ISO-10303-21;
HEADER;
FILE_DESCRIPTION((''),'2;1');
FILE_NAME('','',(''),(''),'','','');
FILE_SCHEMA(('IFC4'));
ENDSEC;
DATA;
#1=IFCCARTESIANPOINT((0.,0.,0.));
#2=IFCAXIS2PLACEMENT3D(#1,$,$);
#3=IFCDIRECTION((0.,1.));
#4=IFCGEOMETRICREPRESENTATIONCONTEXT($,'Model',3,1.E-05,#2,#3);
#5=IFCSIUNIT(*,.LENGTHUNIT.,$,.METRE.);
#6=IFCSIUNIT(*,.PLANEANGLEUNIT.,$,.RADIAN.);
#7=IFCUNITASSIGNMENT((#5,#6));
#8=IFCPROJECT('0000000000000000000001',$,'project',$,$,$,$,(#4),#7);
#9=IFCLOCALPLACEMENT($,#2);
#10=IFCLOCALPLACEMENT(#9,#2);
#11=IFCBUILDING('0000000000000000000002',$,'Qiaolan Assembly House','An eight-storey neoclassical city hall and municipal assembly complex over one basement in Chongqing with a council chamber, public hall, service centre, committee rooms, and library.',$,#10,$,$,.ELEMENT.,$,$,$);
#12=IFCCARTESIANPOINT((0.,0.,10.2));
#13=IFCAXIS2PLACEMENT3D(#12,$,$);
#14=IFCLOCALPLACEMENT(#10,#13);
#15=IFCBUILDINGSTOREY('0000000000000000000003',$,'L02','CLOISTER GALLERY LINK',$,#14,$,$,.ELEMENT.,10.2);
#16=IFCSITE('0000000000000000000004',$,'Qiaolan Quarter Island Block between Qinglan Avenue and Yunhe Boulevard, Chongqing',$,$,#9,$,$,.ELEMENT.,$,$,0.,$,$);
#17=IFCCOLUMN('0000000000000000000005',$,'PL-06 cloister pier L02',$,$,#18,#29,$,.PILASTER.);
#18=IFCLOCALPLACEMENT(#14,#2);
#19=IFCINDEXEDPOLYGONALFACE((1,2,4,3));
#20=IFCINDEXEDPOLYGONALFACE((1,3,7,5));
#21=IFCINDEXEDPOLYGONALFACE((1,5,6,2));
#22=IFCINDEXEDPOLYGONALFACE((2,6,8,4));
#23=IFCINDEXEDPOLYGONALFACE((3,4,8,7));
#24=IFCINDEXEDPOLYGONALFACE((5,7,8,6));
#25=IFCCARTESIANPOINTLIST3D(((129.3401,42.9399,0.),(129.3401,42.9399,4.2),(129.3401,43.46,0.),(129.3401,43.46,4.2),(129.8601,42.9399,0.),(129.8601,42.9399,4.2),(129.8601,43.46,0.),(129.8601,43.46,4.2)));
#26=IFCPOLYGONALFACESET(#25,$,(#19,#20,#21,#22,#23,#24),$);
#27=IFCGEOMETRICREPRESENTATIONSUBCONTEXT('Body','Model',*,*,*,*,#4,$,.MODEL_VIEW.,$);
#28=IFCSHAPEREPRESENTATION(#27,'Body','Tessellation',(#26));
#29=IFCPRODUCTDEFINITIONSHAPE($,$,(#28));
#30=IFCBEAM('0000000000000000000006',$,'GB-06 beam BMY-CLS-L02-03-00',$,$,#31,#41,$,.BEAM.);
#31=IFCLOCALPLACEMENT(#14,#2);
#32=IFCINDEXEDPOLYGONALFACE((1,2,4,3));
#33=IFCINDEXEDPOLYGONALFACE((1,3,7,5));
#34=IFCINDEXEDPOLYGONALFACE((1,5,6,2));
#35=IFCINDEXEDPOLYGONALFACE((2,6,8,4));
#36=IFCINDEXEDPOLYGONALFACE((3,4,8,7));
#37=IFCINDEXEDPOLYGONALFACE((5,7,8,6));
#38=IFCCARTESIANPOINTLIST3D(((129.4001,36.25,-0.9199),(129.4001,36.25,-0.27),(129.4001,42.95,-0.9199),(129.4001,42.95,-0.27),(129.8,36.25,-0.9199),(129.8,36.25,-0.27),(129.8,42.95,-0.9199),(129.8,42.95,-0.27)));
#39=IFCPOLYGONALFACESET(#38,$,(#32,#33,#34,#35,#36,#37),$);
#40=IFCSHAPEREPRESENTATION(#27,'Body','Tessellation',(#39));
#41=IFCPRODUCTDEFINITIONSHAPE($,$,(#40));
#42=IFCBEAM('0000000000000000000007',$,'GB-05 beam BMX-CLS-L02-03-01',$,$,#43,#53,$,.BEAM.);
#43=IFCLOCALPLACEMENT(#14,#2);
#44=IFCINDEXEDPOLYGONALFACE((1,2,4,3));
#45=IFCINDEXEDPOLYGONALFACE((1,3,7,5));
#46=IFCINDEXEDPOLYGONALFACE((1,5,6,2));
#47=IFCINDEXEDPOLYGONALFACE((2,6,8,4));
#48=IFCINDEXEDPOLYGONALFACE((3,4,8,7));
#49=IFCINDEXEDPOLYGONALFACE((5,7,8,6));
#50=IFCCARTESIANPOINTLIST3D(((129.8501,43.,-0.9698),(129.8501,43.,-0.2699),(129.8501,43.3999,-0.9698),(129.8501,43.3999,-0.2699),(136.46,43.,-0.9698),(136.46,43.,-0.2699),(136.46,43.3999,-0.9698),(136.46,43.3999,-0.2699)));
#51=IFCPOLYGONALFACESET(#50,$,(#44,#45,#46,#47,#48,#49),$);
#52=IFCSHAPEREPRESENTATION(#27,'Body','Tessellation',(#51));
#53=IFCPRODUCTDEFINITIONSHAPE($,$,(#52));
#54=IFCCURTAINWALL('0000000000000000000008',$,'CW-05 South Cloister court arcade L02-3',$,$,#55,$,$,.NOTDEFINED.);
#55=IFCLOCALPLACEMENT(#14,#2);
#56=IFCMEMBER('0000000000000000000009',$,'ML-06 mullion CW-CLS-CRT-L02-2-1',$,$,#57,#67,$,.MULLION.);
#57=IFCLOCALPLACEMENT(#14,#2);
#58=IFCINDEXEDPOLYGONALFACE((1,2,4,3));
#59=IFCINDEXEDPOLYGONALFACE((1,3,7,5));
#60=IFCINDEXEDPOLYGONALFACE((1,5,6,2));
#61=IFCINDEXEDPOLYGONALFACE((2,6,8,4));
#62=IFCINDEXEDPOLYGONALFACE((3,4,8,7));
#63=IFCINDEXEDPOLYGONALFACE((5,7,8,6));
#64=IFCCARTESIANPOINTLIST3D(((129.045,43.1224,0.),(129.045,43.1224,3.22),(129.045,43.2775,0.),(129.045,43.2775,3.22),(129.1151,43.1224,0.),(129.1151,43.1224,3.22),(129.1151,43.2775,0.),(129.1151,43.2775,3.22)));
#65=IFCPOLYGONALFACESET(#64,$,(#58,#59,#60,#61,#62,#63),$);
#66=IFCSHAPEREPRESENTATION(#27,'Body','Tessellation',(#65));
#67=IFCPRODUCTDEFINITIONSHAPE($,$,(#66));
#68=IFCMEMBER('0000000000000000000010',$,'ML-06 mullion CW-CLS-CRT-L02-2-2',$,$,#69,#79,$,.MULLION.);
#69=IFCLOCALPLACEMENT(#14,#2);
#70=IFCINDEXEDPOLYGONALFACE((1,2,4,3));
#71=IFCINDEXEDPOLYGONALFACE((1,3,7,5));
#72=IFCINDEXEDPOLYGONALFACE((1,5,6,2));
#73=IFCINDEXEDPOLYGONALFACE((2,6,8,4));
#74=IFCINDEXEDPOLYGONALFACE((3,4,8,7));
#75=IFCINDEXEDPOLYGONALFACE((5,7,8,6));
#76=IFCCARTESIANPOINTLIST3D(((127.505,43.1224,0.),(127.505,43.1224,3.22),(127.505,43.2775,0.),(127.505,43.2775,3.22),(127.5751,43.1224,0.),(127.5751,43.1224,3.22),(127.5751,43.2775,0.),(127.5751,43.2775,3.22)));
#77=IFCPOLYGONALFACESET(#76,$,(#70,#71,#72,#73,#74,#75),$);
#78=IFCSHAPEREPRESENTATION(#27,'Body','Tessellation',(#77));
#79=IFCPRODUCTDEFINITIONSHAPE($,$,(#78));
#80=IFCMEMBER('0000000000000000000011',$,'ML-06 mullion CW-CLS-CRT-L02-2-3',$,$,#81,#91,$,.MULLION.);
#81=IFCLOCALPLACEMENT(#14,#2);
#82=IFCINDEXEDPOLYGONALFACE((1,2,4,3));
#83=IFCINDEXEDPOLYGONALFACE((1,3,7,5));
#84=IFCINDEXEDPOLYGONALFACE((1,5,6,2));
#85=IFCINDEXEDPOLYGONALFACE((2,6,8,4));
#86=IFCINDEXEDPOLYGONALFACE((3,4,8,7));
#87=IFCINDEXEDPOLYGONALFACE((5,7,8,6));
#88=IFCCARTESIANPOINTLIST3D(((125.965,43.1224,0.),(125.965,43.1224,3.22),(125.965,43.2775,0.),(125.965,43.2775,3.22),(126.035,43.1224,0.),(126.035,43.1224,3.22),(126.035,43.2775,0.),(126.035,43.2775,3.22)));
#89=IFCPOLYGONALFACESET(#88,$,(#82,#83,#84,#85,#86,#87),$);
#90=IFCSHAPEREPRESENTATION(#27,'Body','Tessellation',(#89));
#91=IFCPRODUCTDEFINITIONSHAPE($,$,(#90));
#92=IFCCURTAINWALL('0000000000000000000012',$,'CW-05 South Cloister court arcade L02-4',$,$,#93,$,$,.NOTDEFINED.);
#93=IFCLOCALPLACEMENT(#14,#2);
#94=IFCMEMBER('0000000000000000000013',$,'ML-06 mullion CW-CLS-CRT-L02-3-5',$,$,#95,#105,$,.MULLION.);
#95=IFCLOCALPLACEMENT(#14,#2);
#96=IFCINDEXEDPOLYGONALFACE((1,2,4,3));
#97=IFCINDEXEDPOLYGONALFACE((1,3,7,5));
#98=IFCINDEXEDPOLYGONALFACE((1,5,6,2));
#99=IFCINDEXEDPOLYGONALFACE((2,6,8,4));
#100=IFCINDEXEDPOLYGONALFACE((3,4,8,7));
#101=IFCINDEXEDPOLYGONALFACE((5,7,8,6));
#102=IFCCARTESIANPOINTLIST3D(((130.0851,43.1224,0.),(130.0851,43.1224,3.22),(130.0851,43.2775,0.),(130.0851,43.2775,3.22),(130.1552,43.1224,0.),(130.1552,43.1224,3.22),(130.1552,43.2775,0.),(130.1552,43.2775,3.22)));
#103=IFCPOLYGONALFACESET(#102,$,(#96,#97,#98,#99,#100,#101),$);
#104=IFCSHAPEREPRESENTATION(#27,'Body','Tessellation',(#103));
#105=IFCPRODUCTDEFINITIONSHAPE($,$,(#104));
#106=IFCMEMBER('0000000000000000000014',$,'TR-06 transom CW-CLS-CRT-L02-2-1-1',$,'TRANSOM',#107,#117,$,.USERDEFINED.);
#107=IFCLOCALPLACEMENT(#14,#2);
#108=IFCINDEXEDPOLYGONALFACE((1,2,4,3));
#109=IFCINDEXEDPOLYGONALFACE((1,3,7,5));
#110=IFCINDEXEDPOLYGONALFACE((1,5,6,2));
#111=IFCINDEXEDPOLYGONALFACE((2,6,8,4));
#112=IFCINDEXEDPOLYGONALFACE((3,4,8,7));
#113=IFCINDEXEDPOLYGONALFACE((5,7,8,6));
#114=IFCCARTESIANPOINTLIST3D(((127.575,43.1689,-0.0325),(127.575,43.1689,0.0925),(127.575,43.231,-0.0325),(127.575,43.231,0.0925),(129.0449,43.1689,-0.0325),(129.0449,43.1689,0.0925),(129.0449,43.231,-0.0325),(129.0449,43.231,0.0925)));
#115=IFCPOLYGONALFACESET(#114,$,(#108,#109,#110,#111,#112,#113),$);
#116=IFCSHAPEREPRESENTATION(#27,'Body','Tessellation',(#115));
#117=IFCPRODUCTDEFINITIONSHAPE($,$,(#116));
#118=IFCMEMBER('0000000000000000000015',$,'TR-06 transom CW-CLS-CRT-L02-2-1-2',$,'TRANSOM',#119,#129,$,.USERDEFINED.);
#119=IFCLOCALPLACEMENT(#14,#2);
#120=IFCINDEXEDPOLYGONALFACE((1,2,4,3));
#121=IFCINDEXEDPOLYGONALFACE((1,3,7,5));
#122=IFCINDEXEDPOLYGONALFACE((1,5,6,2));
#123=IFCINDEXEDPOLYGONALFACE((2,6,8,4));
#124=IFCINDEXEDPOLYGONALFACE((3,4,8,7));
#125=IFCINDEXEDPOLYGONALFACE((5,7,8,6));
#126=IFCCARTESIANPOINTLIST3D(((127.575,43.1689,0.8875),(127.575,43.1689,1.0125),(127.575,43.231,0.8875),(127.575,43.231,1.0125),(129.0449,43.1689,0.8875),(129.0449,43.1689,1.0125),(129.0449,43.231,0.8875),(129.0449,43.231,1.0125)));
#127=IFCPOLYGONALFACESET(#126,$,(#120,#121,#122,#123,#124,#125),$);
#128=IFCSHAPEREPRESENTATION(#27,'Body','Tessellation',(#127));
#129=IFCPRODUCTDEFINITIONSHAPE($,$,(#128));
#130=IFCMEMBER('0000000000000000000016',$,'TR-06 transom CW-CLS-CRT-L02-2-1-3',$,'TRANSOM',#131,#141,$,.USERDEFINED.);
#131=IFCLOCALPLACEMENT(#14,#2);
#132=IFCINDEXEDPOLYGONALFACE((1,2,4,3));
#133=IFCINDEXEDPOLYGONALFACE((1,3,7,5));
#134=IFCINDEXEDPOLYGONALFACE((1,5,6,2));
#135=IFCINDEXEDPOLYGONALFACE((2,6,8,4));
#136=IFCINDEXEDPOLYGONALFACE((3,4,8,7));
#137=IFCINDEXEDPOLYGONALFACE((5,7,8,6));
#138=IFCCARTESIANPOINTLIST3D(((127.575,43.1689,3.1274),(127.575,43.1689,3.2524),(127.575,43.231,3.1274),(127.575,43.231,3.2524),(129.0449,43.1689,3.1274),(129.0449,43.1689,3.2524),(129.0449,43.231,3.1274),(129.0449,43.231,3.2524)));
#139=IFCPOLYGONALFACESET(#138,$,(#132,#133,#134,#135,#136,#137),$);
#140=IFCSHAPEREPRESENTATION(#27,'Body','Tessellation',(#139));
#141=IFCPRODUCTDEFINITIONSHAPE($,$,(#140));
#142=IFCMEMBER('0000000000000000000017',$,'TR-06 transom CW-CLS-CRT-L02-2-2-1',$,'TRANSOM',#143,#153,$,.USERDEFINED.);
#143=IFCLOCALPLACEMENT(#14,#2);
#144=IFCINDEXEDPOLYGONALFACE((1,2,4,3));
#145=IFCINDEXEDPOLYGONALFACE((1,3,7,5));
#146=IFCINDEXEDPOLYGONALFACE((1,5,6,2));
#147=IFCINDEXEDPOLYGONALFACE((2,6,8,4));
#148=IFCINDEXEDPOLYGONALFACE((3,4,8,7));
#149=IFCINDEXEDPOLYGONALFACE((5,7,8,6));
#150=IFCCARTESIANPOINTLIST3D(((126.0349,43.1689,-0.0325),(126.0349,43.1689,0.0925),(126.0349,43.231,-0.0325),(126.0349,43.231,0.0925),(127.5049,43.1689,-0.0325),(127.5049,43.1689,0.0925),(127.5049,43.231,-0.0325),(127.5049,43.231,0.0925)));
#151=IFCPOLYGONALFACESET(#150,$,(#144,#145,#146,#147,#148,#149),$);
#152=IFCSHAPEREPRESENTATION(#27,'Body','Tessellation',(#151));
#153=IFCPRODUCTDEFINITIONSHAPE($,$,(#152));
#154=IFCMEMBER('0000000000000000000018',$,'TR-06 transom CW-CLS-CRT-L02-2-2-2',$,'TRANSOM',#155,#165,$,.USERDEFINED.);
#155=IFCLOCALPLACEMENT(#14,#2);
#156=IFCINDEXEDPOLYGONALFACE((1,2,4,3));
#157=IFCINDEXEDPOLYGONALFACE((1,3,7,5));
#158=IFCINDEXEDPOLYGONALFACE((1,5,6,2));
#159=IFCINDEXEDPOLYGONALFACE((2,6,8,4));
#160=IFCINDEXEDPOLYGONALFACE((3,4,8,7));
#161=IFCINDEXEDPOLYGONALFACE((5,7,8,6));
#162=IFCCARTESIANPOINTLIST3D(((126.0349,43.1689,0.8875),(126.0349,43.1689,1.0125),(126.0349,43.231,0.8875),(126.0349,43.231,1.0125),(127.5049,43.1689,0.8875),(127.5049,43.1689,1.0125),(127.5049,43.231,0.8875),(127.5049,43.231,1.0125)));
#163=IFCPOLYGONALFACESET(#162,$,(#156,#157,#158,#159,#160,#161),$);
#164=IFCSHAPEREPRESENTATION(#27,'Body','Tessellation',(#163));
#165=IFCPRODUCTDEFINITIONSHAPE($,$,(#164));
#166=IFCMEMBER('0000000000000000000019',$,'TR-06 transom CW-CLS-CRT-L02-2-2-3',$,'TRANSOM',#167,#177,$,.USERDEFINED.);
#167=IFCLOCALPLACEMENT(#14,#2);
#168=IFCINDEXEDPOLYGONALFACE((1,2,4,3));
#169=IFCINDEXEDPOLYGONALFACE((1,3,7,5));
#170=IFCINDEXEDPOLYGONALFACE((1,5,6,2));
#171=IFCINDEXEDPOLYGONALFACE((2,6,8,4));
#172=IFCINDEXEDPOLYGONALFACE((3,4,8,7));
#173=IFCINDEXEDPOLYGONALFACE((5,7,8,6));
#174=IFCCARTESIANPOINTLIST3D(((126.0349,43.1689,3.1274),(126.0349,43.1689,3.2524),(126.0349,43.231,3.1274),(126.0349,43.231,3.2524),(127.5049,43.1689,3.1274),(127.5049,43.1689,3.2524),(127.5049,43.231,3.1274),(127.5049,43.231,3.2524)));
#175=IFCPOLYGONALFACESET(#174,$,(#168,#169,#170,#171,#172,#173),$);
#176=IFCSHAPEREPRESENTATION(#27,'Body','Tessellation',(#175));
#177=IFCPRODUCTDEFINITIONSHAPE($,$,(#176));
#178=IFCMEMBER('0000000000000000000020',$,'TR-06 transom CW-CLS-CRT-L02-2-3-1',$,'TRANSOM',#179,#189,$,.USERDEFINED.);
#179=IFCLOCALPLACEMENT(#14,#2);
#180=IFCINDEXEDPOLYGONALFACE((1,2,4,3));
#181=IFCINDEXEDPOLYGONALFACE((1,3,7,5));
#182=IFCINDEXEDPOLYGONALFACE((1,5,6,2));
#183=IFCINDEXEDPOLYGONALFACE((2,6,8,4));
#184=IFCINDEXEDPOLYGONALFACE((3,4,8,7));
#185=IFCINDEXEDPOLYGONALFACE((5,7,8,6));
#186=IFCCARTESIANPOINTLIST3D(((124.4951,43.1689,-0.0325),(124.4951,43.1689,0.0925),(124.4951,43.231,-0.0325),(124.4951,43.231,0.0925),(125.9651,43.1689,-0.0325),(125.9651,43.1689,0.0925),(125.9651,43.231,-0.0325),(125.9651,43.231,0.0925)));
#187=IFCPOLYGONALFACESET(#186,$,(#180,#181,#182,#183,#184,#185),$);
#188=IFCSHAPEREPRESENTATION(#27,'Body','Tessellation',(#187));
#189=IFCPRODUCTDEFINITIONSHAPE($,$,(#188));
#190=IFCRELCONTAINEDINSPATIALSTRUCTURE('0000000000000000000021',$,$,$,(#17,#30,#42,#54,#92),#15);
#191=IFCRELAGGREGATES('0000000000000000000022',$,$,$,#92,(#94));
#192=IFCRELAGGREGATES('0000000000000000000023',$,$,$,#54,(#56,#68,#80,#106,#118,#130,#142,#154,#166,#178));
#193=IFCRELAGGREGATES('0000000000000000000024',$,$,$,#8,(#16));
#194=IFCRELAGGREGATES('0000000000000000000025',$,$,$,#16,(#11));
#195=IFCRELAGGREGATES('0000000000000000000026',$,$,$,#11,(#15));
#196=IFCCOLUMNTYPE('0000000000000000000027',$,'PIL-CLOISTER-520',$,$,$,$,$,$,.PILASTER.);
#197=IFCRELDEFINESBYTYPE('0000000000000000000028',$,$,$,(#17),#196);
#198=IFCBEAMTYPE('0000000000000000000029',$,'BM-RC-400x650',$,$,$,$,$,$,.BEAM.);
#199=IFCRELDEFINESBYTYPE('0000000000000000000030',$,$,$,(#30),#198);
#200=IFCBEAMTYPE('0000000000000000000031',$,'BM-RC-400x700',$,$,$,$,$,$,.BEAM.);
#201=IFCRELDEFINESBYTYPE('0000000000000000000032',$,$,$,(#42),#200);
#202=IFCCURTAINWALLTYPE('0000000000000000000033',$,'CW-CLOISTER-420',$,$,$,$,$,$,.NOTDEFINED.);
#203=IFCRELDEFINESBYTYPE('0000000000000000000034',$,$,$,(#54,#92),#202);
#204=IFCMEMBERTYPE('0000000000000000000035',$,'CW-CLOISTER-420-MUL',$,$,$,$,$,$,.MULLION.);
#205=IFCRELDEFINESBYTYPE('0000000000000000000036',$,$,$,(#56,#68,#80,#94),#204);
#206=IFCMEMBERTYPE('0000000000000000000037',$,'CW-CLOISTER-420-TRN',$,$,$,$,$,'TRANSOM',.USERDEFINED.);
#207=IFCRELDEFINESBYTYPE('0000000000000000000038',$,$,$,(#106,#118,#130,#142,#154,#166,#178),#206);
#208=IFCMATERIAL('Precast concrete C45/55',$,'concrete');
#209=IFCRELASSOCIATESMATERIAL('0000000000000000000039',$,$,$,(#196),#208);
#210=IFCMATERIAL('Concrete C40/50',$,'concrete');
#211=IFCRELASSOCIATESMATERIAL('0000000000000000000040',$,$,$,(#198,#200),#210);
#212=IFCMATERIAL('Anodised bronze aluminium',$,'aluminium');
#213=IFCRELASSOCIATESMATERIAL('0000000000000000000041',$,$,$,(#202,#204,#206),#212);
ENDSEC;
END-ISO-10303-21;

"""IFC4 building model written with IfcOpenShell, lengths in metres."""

from ifc_helpers import new_model, si_unit, direction, frame, origin, origin_2d, place, context, subcontext, project, spatial, rectangle, extrude, material, material_profile, profile_set, type_object, element, aggregate, save


model = new_model("IFC4")

# Units and contexts
model_context = context("Model", 3, precision=1e-05, world=origin(), true_north=direction((0.0, 1.0)))
body_context = subcontext(model_context, "Body", "Model", "MODEL_VIEW")
ifc_project = project(units=[si_unit("LENGTHUNIT", "METRE"), si_unit("PLANEANGLEUNIT", "RADIAN")], contexts=[model_context])

# Site, building, storey
site_placement = place(None, origin())
site = spatial("IfcSite", under=ifc_project, at=site_placement, Name="Qiaolan Quarter Island Block between Qinglan Avenue and Yunhe Boulevard, Chongqing", CompositionType="ELEMENT", RefElevation=0.0)
building_placement = place(site_placement, origin())
building = spatial("IfcBuilding", under=site, at=building_placement, Name="Qiaolan Assembly House", Description="An eight-storey neoclassical city hall and municipal assembly complex over one basement in Chongqing with a council chamber, public hall, service centre, committee rooms, and library.", CompositionType="ELEMENT")
storey_placement = place(building_placement, frame((0.0, 0.0, 10.2)))
storey = spatial("IfcBuildingStorey", under=building, at=storey_placement, Name="L02", Description="CLOISTER GALLERY LINK", CompositionType="ELEMENT", Elevation=10.2)

# Column
ifc_material_1 = material(Name="Precast concrete C45/55", Category="concrete")
ifc_material_profile_1 = material_profile(ifc_material_1, rectangle(XDim=0.52, YDim=0.52, at=origin_2d()), Name="PIL 520x520")
ifc_profile_set_1 = profile_set([ifc_material_profile_1], Name="Precast concrete C45/55")
column_type = type_object("IfcColumnType", Name="PIL-CLOISTER-520", PredefinedType="PILASTER", material=ifc_profile_set_1)
column_placement = place(storey_placement, frame((129.6001, 43.2, 0.0), z_axis=(0.0, 0.0, 1.0), x_axis=(1.0, 0.0, 0.0)))
element("IfcColumn", 1, at=column_placement, inside=storey, type_object=column_type, Name="PL-06 cloister pier L02", PredefinedType="PILASTER", context=body_context, shape_type="SweptSolid", body=[
    extrude(rectangle(XDim=0.52, YDim=0.52, at=origin_2d()), origin(), (0.0, 0.0, 1.0), 4.2),
])

# Beams
ifc_material_2 = material(Name="Concrete C40/50", Category="concrete")
ifc_material_profile_2 = material_profile(ifc_material_2, rectangle(XDim=0.3999, YDim=0.6499, at=origin_2d()), Name="RCB 400x650")
ifc_profile_set_2 = profile_set([ifc_material_profile_2], Name="Concrete C40/50")
beam_type_1 = type_object("IfcBeamType", Name="BM-RC-400x650", PredefinedType="BEAM", material=ifc_profile_set_2)
beam_1_placement = place(storey_placement, frame((129.6001, 36.25, -0.595), z_axis=(0.0, 1.0, 0.0), x_axis=(-1.0, 0.0, 0.0)))
element("IfcBeam", 2, at=beam_1_placement, inside=storey, type_object=beam_type_1, Name="GB-06 beam BMY-CLS-L02-03-00", PredefinedType="BEAM", context=body_context, shape_type="SweptSolid", body=[
    extrude(rectangle(XDim=0.3999, YDim=0.6499, at=origin_2d()), origin(), (0.0, 0.0, 1.0), 6.7),
])
ifc_material_profile_3 = material_profile(ifc_material_2, rectangle(XDim=0.3999, YDim=0.7, at=origin_2d()), Name="RCB 400x700")
ifc_profile_set_3 = profile_set([ifc_material_profile_3], Name="Concrete C40/50")
beam_type_2 = type_object("IfcBeamType", Name="BM-RC-400x700", PredefinedType="BEAM", material=ifc_profile_set_3)
beam_2_placement = place(storey_placement, frame((129.8501, 43.2, -0.6199), z_axis=(1.0, 0.0, 0.0), x_axis=(0.0, 1.0, 0.0)))
element("IfcBeam", 3, at=beam_2_placement, inside=storey, type_object=beam_type_2, Name="GB-05 beam BMX-CLS-L02-03-01", PredefinedType="BEAM", context=body_context, shape_type="SweptSolid", body=[
    extrude(rectangle(XDim=0.3999, YDim=0.7, at=origin_2d()), origin(), (0.0, 0.0, 1.0), 6.6099),
])

# Curtain wall, members
ifc_material_3 = material(Name="Anodised bronze aluminium", Category="aluminium")
curtain_wall_type = type_object("IfcCurtainWallType", Name="CW-CLOISTER-420", PredefinedType="NOTDEFINED", material=ifc_material_3)
curtain_wall_1_placement = place(storey_placement, origin())
curtain_wall_1 = element("IfcCurtainWall", 4, at=curtain_wall_1_placement, inside=storey, type_object=curtain_wall_type, Name="CW-05 South Cloister court arcade L02-3", PredefinedType="NOTDEFINED")
ifc_material_profile_4 = material_profile(ifc_material_3, rectangle(XDim=0.0701, YDim=0.155, at=origin_2d()), Name="MUL 70x155")
ifc_profile_set_4 = profile_set([ifc_material_profile_4], Name="Anodised bronze aluminium")
member_type_1 = type_object("IfcMemberType", Name="CW-CLOISTER-420-MUL", PredefinedType="MULLION", material=ifc_profile_set_4)
member_1_placement = place(storey_placement, frame((129.0801, 43.2, 0.0), z_axis=(0.0, 0.0, 1.0), x_axis=(-1.0, 0.0, 0.0)))
member_1 = element("IfcMember", 5, at=member_1_placement, type_object=member_type_1, Name="ML-06 mullion CW-CLS-CRT-L02-2-1", PredefinedType="MULLION", context=body_context, shape_type="SweptSolid", body=[
    extrude(rectangle(XDim=0.0701, YDim=0.155, at=origin_2d()), origin(), (0.0, 0.0, 1.0), 3.22),
])
member_2_placement = place(storey_placement, frame((127.54, 43.2, 0.0), z_axis=(0.0, 0.0, 1.0), x_axis=(-1.0, 0.0, 0.0)))
member_2 = element("IfcMember", 6, at=member_2_placement, type_object=member_type_1, Name="ML-06 mullion CW-CLS-CRT-L02-2-2", PredefinedType="MULLION", context=body_context, shape_type="SweptSolid", body=[
    extrude(rectangle(XDim=0.0701, YDim=0.155, at=origin_2d()), origin(), (0.0, 0.0, 1.0), 3.22),
])
member_3_placement = place(storey_placement, frame((126.0, 43.2, 0.0), z_axis=(0.0, 0.0, 1.0), x_axis=(-1.0, 0.0, 0.0)))
member_3 = element("IfcMember", 7, at=member_3_placement, type_object=member_type_1, Name="ML-06 mullion CW-CLS-CRT-L02-2-3", PredefinedType="MULLION", context=body_context, shape_type="SweptSolid", body=[
    extrude(rectangle(XDim=0.0701, YDim=0.155, at=origin_2d()), origin(), (0.0, 0.0, 1.0), 3.22),
])

# Curtain wall, member
curtain_wall_2_placement = place(storey_placement, origin())
curtain_wall_2 = element("IfcCurtainWall", 8, at=curtain_wall_2_placement, inside=storey, type_object=curtain_wall_type, Name="CW-05 South Cloister court arcade L02-4", PredefinedType="NOTDEFINED")
member_4_placement = place(storey_placement, frame((130.1201, 43.2, 0.0), z_axis=(0.0, 0.0, 1.0), x_axis=(-1.0, 0.0, 0.0)))
member_4 = element("IfcMember", 9, at=member_4_placement, type_object=member_type_1, Name="ML-06 mullion CW-CLS-CRT-L02-3-5", PredefinedType="MULLION", context=body_context, shape_type="SweptSolid", body=[
    extrude(rectangle(XDim=0.0701, YDim=0.155, at=origin_2d()), origin(), (0.0, 0.0, 1.0), 3.22),
])
aggregate(curtain_wall_2, [member_4])

# Members
ifc_material_profile_5 = material_profile(ifc_material_3, rectangle(XDim=0.062, YDim=0.125, at=origin_2d()), Name="TRN 62x125")
ifc_profile_set_5 = profile_set([ifc_material_profile_5], Name="Anodised bronze aluminium")
member_type_2 = type_object("IfcMemberType", Name="CW-CLOISTER-420-TRN", ElementType="TRANSOM", PredefinedType="USERDEFINED", material=ifc_profile_set_5)
member_5_placement = place(storey_placement, frame((129.0449, 43.2, 0.03), z_axis=(-1.0, 0.0, 0.0), x_axis=(0.0, -1.0, 0.0)))
member_5 = element("IfcMember", 10, at=member_5_placement, type_object=member_type_2, Name="TR-06 transom CW-CLS-CRT-L02-2-1-1", ObjectType="TRANSOM", PredefinedType="USERDEFINED", context=body_context, shape_type="SweptSolid", body=[
    extrude(rectangle(XDim=0.062, YDim=0.125, at=origin_2d()), origin(), (0.0, 0.0, 1.0), 1.47),
])
member_6_placement = place(storey_placement, frame((129.0449, 43.2, 0.95), z_axis=(-1.0, 0.0, 0.0), x_axis=(0.0, -1.0, 0.0)))
member_6 = element("IfcMember", 11, at=member_6_placement, type_object=member_type_2, Name="TR-06 transom CW-CLS-CRT-L02-2-1-2", ObjectType="TRANSOM", PredefinedType="USERDEFINED", context=body_context, shape_type="SweptSolid", body=[
    extrude(rectangle(XDim=0.062, YDim=0.125, at=origin_2d()), origin(), (0.0, 0.0, 1.0), 1.47),
])
member_7_placement = place(storey_placement, frame((129.0449, 43.2, 3.1899), z_axis=(-1.0, 0.0, 0.0), x_axis=(0.0, -1.0, 0.0)))
member_7 = element("IfcMember", 12, at=member_7_placement, type_object=member_type_2, Name="TR-06 transom CW-CLS-CRT-L02-2-1-3", ObjectType="TRANSOM", PredefinedType="USERDEFINED", context=body_context, shape_type="SweptSolid", body=[
    extrude(rectangle(XDim=0.062, YDim=0.125, at=origin_2d()), origin(), (0.0, 0.0, 1.0), 1.47),
])
member_8_placement = place(storey_placement, frame((127.5049, 43.2, 0.03), z_axis=(-1.0, 0.0, 0.0), x_axis=(0.0, -1.0, 0.0)))
member_8 = element("IfcMember", 13, at=member_8_placement, type_object=member_type_2, Name="TR-06 transom CW-CLS-CRT-L02-2-2-1", ObjectType="TRANSOM", PredefinedType="USERDEFINED", context=body_context, shape_type="SweptSolid", body=[
    extrude(rectangle(XDim=0.062, YDim=0.125, at=origin_2d()), origin(), (0.0, 0.0, 1.0), 1.47),
])
member_9_placement = place(storey_placement, frame((127.5049, 43.2, 0.95), z_axis=(-1.0, 0.0, 0.0), x_axis=(0.0, -1.0, 0.0)))
member_9 = element("IfcMember", 14, at=member_9_placement, type_object=member_type_2, Name="TR-06 transom CW-CLS-CRT-L02-2-2-2", ObjectType="TRANSOM", PredefinedType="USERDEFINED", context=body_context, shape_type="SweptSolid", body=[
    extrude(rectangle(XDim=0.062, YDim=0.125, at=origin_2d()), origin(), (0.0, 0.0, 1.0), 1.47),
])
member_10_placement = place(storey_placement, frame((127.5049, 43.2, 3.1899), z_axis=(-1.0, 0.0, 0.0), x_axis=(0.0, -1.0, 0.0)))
member_10 = element("IfcMember", 15, at=member_10_placement, type_object=member_type_2, Name="TR-06 transom CW-CLS-CRT-L02-2-2-3", ObjectType="TRANSOM", PredefinedType="USERDEFINED", context=body_context, shape_type="SweptSolid", body=[
    extrude(rectangle(XDim=0.062, YDim=0.125, at=origin_2d()), origin(), (0.0, 0.0, 1.0), 1.47),
])
member_11_placement = place(storey_placement, frame((125.9651, 43.2, 0.03), z_axis=(-1.0, 0.0, 0.0), x_axis=(0.0, -1.0, 0.0)))
member_11 = element("IfcMember", 16, at=member_11_placement, type_object=member_type_2, Name="TR-06 transom CW-CLS-CRT-L02-2-3-1", ObjectType="TRANSOM", PredefinedType="USERDEFINED", context=body_context, shape_type="SweptSolid", body=[
    extrude(rectangle(XDim=0.062, YDim=0.125, at=origin_2d()), origin(), (0.0, 0.0, 1.0), 1.47),
])

aggregate(curtain_wall_1, [member_1, member_2, member_3, member_5, member_6, member_7, member_8, member_9, member_10, member_11])

save(model, "model.ifc")
